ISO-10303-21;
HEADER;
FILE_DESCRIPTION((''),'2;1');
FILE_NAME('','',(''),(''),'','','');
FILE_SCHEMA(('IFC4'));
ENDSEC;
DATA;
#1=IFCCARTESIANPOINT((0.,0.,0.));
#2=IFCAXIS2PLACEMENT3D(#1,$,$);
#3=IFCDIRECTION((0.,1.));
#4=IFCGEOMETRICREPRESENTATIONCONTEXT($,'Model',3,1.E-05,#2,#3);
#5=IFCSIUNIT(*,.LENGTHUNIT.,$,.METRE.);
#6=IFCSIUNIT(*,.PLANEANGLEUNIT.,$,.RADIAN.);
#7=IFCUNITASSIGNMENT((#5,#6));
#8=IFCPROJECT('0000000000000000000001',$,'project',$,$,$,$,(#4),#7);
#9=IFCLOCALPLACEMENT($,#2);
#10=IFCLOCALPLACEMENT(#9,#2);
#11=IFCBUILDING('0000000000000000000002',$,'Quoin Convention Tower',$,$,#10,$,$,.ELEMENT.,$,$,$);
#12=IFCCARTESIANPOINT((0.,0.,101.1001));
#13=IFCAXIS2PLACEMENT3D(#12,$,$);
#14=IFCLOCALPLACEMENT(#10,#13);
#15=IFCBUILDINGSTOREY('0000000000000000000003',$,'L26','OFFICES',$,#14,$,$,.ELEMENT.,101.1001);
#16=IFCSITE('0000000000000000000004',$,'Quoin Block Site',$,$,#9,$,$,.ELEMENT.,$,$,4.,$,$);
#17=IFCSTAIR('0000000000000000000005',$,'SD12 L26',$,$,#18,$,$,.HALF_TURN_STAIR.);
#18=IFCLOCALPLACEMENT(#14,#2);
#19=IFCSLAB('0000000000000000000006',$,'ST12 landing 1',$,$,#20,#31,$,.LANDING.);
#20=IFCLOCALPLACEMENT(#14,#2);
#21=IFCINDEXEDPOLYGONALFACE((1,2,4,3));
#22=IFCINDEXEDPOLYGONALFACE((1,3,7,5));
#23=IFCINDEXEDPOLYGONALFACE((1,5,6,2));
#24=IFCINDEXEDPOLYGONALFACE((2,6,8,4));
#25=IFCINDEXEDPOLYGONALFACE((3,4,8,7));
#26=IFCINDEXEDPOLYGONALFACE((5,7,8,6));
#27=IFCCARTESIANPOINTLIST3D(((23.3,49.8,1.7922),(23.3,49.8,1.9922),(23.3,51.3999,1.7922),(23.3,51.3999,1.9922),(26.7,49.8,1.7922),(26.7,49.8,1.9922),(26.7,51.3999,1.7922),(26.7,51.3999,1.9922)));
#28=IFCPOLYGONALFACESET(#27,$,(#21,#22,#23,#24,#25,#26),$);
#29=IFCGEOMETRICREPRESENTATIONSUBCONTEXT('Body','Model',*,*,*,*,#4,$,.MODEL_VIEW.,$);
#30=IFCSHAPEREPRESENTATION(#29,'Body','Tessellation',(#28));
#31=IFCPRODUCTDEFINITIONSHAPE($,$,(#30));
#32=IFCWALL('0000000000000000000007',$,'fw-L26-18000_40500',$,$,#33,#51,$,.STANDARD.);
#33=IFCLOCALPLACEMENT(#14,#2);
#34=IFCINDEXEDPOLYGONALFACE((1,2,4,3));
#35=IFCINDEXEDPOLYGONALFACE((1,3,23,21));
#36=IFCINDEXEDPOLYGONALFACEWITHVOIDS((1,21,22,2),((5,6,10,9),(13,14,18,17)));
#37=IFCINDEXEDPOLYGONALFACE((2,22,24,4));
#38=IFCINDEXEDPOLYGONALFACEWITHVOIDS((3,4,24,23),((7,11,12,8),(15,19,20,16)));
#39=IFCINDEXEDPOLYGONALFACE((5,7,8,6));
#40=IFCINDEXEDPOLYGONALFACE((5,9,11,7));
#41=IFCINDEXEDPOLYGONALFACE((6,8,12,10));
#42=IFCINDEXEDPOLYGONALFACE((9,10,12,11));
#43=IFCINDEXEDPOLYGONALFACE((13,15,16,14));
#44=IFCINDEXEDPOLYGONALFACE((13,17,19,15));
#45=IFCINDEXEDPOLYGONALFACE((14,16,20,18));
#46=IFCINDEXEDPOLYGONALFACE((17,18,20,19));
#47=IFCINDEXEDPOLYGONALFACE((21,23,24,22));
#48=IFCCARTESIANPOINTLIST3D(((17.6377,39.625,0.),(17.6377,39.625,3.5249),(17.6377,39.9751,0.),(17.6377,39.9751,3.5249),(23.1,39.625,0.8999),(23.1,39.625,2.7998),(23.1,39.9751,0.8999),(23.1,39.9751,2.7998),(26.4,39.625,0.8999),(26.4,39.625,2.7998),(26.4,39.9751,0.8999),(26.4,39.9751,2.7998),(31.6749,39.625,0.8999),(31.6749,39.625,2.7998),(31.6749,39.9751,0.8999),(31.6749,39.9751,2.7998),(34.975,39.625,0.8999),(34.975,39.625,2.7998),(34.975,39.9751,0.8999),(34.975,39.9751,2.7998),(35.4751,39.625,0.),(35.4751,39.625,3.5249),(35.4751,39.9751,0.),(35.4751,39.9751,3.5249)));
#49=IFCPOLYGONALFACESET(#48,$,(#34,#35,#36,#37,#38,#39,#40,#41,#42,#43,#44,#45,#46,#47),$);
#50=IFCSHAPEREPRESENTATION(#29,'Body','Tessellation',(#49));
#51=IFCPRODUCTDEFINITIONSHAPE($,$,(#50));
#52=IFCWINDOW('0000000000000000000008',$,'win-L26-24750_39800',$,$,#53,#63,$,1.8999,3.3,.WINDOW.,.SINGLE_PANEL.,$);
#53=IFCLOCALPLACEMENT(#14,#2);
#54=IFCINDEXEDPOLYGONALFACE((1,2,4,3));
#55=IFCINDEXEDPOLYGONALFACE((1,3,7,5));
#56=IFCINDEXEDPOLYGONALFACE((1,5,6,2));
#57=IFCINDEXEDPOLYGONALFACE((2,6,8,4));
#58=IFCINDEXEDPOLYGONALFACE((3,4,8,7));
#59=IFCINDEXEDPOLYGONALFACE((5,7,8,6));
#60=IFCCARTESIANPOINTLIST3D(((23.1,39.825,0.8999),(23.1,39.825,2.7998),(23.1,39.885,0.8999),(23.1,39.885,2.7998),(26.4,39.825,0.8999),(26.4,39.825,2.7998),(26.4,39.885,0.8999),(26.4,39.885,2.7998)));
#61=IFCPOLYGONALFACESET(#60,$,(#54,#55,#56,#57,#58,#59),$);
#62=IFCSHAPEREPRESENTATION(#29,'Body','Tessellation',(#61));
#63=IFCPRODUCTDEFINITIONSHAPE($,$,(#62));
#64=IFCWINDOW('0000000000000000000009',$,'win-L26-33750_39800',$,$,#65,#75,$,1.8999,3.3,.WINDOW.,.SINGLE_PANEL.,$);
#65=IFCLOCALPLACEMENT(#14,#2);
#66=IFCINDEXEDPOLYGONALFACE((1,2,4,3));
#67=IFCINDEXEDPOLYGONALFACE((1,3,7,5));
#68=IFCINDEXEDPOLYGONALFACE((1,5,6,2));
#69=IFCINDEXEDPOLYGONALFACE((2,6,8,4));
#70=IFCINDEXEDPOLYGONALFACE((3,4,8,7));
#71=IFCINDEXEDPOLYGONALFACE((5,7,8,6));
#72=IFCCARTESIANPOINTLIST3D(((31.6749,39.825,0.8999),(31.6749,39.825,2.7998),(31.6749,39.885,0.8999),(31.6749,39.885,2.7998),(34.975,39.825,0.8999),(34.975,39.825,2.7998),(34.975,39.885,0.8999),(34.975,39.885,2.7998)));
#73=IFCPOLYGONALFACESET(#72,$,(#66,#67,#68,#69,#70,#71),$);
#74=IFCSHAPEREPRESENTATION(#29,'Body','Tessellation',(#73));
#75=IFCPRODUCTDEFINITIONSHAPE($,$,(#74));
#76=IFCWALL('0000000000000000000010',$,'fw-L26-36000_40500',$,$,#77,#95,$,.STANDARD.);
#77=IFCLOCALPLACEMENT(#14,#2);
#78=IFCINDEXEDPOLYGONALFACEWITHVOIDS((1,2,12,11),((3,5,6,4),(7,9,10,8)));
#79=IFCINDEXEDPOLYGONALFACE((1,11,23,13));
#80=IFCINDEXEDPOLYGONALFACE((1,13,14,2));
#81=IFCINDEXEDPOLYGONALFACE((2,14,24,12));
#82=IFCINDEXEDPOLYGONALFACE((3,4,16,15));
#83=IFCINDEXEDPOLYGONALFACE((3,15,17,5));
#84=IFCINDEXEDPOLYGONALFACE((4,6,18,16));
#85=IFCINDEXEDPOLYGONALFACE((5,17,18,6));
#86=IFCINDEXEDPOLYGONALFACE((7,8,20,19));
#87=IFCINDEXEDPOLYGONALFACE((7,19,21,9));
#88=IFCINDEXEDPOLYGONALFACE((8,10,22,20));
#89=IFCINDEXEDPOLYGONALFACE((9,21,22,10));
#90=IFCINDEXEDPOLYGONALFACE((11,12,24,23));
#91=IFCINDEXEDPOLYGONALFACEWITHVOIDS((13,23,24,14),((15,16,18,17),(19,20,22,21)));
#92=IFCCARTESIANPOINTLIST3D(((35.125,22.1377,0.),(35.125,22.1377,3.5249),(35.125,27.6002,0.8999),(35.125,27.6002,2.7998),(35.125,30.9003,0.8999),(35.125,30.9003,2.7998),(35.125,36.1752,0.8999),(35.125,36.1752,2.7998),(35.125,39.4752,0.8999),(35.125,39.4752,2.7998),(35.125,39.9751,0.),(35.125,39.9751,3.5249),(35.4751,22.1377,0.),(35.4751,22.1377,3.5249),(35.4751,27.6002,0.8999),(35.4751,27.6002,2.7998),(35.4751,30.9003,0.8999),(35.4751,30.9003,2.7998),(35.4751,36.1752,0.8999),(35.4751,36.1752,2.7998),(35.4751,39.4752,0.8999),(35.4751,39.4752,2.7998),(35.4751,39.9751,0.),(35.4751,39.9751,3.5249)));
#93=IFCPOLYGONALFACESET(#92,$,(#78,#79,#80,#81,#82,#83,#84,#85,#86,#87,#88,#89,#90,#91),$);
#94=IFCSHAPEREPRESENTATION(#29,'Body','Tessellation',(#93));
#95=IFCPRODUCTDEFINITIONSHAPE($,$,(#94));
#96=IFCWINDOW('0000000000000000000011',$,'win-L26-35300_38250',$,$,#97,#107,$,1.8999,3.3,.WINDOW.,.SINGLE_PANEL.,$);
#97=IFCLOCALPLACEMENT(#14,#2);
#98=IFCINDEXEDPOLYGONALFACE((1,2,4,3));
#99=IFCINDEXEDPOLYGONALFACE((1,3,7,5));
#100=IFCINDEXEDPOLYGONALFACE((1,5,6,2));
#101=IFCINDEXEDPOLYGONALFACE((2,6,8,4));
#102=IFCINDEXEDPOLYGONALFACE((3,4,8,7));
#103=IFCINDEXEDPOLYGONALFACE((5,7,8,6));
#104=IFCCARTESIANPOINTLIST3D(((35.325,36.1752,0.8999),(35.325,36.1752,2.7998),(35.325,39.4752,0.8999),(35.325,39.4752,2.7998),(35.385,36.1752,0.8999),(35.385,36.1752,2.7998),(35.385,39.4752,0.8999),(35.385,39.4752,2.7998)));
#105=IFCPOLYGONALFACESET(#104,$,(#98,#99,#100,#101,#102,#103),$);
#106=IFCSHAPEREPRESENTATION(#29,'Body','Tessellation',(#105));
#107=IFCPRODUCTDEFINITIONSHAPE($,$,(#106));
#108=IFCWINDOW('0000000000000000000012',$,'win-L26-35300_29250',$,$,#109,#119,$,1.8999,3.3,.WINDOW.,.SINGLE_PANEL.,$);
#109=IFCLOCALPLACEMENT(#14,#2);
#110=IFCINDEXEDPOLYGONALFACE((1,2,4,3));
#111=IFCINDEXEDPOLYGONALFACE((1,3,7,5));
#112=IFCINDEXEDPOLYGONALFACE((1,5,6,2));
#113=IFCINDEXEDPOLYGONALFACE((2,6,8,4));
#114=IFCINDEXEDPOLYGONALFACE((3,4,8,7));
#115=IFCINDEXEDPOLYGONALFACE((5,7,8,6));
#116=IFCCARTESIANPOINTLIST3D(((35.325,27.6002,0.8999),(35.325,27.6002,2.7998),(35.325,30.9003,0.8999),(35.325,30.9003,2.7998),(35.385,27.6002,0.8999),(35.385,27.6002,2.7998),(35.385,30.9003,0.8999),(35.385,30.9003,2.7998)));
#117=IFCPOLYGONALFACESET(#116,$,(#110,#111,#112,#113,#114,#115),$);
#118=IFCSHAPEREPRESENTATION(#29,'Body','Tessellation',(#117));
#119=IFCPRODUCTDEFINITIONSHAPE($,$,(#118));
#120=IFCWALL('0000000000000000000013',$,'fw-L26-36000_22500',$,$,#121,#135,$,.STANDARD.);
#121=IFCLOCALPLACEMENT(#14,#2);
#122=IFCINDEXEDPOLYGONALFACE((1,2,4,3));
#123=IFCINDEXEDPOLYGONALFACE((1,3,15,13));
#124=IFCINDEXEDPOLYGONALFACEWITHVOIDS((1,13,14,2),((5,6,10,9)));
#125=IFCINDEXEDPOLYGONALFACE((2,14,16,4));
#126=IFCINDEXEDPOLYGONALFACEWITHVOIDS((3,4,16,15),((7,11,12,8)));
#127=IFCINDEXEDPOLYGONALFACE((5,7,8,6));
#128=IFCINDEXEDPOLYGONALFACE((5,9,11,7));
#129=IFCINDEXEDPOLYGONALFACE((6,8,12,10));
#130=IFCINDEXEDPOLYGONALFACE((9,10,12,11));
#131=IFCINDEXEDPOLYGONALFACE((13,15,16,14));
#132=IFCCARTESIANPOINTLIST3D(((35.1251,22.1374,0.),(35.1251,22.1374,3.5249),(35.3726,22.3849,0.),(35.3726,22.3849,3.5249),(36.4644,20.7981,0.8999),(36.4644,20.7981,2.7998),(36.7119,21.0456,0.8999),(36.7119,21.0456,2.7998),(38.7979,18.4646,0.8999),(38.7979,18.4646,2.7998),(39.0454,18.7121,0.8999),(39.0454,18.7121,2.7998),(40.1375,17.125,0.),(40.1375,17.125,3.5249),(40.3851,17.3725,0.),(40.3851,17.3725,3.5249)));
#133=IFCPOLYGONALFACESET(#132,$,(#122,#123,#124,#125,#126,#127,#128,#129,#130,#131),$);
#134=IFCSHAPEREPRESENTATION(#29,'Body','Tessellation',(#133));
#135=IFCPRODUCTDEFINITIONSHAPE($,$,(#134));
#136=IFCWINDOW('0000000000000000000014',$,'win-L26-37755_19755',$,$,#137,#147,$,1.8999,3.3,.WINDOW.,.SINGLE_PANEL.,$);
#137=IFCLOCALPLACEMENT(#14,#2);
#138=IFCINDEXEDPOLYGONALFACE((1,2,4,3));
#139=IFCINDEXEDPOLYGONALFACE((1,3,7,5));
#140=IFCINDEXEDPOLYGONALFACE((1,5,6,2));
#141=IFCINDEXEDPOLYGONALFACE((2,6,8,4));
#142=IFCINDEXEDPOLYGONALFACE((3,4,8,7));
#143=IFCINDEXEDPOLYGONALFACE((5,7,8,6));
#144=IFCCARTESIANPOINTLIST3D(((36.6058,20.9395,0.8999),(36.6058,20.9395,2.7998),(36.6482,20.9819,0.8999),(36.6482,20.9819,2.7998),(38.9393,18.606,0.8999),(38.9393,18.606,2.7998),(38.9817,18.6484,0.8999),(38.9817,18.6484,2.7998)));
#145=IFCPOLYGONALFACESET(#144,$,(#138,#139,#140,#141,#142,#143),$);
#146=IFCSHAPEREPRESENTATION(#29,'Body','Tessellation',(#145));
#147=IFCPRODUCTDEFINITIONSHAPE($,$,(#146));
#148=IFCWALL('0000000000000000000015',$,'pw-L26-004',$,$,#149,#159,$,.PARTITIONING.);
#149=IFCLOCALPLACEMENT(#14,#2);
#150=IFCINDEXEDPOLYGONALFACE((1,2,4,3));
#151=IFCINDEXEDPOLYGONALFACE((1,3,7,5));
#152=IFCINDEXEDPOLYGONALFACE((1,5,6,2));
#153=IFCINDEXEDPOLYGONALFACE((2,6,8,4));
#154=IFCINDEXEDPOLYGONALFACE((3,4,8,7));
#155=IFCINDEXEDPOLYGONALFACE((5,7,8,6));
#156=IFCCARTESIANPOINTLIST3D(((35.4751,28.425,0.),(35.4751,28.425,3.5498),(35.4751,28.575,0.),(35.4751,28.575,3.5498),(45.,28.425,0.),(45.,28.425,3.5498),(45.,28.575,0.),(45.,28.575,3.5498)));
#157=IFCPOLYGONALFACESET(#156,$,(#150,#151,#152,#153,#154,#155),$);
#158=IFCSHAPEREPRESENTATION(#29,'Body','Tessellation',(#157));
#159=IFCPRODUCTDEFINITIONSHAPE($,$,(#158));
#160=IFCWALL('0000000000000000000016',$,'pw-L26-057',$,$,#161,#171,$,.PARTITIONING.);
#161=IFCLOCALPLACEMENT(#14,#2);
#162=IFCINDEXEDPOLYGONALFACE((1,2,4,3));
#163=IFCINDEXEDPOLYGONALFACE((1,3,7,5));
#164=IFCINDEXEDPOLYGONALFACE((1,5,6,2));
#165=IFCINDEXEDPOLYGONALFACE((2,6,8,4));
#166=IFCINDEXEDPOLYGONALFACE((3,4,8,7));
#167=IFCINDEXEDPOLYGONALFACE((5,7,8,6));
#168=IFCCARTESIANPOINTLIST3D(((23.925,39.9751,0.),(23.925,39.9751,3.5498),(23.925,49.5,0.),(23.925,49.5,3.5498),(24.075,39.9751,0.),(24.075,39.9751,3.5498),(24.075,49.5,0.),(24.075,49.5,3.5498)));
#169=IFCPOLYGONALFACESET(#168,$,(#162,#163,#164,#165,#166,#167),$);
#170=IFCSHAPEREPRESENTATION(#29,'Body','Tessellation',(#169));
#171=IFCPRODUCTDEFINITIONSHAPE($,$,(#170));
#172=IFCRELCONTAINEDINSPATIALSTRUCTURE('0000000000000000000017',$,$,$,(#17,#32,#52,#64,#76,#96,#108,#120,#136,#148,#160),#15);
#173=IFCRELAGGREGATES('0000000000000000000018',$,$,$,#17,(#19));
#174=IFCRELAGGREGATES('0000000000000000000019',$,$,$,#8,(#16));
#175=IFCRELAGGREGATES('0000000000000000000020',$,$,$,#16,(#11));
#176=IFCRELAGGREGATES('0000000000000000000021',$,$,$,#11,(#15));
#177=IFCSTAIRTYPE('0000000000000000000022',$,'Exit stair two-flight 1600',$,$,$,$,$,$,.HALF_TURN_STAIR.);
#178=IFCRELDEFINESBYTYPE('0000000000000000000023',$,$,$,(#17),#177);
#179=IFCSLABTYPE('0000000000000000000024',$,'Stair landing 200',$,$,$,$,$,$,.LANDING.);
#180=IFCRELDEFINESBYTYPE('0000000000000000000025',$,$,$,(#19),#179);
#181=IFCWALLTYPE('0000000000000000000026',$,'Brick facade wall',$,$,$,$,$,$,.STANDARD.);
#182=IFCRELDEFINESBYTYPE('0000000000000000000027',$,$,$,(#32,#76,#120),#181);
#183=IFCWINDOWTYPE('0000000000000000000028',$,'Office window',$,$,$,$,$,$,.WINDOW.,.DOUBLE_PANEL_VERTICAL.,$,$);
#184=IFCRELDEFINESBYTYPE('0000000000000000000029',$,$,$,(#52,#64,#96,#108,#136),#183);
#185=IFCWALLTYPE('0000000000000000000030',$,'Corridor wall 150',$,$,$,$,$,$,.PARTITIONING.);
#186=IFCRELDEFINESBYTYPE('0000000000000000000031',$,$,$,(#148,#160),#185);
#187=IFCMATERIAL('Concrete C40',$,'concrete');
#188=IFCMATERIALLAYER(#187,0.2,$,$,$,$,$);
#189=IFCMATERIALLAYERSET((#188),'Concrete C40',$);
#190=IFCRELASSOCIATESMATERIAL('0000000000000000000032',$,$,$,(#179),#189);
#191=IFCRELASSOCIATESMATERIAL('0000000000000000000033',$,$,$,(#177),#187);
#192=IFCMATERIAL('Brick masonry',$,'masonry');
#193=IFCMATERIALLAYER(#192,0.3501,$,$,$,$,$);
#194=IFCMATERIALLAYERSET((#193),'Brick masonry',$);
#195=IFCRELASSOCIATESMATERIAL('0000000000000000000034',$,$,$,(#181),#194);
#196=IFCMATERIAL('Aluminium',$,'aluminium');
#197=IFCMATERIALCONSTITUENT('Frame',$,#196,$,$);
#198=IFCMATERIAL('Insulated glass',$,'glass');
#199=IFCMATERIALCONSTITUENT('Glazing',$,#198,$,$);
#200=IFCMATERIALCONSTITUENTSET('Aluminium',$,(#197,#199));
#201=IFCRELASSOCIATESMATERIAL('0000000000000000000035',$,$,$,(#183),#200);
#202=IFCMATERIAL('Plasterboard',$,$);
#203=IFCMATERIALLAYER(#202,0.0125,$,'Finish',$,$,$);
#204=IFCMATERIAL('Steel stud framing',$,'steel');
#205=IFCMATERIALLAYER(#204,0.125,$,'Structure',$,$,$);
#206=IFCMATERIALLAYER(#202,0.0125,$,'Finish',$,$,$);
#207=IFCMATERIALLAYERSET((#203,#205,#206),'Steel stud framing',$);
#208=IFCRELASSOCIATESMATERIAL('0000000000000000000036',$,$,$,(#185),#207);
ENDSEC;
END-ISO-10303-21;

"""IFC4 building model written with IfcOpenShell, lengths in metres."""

from ifc_helpers import new_model, si_unit, direction, frame, frame_2d, origin, place, context, subcontext, project, spatial, polyline, rectangle, outline, extrude, material, layer, layer_set, constituent, constituent_set, type_object, element, fill, aggregate, save


model = new_model("IFC4")

# Units and contexts
model_context = context("Model", 3, precision=1e-05, world=origin(), true_north=direction((0.0, 1.0)))
body_context = subcontext(model_context, "Body", "Model", "MODEL_VIEW")
ifc_project = project(units=[si_unit("LENGTHUNIT", "METRE"), si_unit("PLANEANGLEUNIT", "RADIAN")], contexts=[model_context])

# Site, building, storey
site_placement = place(None, origin())
site = spatial("IfcSite", under=ifc_project, at=site_placement, Name="Quoin Block Site", CompositionType="ELEMENT", RefElevation=4.0)
building_placement = place(site_placement, origin())
building = spatial("IfcBuilding", under=site, at=building_placement, Name="Quoin Convention Tower", CompositionType="ELEMENT")
storey_placement = place(building_placement, frame((0.0, 0.0, 101.1001)))
storey = spatial("IfcBuildingStorey", under=building, at=storey_placement, Name="L26", Description="OFFICES", CompositionType="ELEMENT", Elevation=101.1001)

# Shared definitions
ifc_material_1 = material(Name="Concrete C40", Category="concrete")

# Stair, slab
ifc_layer_1 = layer(ifc_material_1, 0.2)
ifc_layer_set_1 = layer_set([ifc_layer_1], Name="Concrete C40")
slab_type_1 = type_object("IfcSlabType", Name="Stair landing 200", PredefinedType="LANDING", material=ifc_layer_set_1)
stair_type_1 = type_object("IfcStairType", Name="Exit stair two-flight 1600", PredefinedType="HALF_TURN_STAIR", material=ifc_material_1)
stair_1_placement = place(storey_placement, origin())
stair_1 = element("IfcStair", 1, at=stair_1_placement, inside=storey, type_object=stair_type_1, Name="SD12 L26", PredefinedType="HALF_TURN_STAIR")
slab_1_placement = place(storey_placement, frame((0.0, 0.0, 1.7922)))
slab_1 = element("IfcSlab", 2, at=slab_1_placement, type_object=slab_type_1, Name="ST12 landing 1", PredefinedType="LANDING", context=body_context, shape_type="SweptSolid", body=[
    extrude(outline(polyline([(26.7, 51.3999), (23.3, 51.3999), (23.3, 49.8), (26.7, 49.8), (26.7, 51.3999)])), origin(), (0.0, 0.0, 1.0), 0.2),
])
aggregate(stair_1, [slab_1])

# Walls, openings, windows
ifc_material_2 = material(Name="Brick masonry", Category="masonry")
ifc_layer_2 = layer(ifc_material_2, 0.3501)
ifc_layer_set_2 = layer_set([ifc_layer_2], Name="Brick masonry")
wall_type_1 = type_object("IfcWallType", Name="Brick facade wall", PredefinedType="STANDARD", material=ifc_layer_set_2)
wall_1_placement = place(storey_placement, frame((17.6377, 39.8, 0.0), z_axis=(0.0, 0.0, 1.0), x_axis=(1.0, 0.0, 0.0)))
wall_1 = element("IfcWall", 3, at=wall_1_placement, inside=storey, type_object=wall_type_1, Name="fw-L26-18000_40500", PredefinedType="STANDARD", context=body_context, shape_type="SweptSolid", body=[
    extrude(rectangle(XDim=17.8374, YDim=0.3501, at=frame_2d((8.9187, 0.0))), origin(), (0.0, 0.0, 1.0), 3.5249),
])
opening_1_placement = place(wall_1_placement, frame((5.4624, 0.0, 0.8999)))
opening_1 = element("IfcOpeningElement", 4, at=opening_1_placement, cuts=wall_1, PredefinedType="OPENING", context=body_context, shape_type="SweptSolid", body=[
    extrude(rectangle(XDim=3.3, YDim=1.8999, at=frame_2d((1.6499, 0.95))), frame((0.0, 0.1851, 0.0), z_axis=(0.0, -1.0, 0.0), x_axis=(1.0, 0.0, 0.0)), (0.0, 0.0, 1.0), 0.3701),
])
opening_2_placement = place(wall_1_placement, frame((14.0374, 0.0, 0.8999)))
opening_2 = element("IfcOpeningElement", 5, at=opening_2_placement, cuts=wall_1, PredefinedType="OPENING", context=body_context, shape_type="SweptSolid", body=[
    extrude(rectangle(XDim=3.3, YDim=1.8999, at=frame_2d((1.6499, 0.95))), frame((0.0, 0.1851, 0.0), z_axis=(0.0, -1.0, 0.0), x_axis=(1.0, 0.0, 0.0)), (0.0, 0.0, 1.0), 0.3701),
])
ifc_material_3 = material(Name="Aluminium", Category="aluminium")
ifc_constituent_1 = constituent(ifc_material_3, Name="Frame")
ifc_material_4 = material(Name="Insulated glass", Category="glass")
ifc_constituent_2 = constituent(ifc_material_4, Name="Glazing")
ifc_constituent_set = constituent_set(constituents=[ifc_constituent_1, ifc_constituent_2], Name="Aluminium")
window_type = type_object("IfcWindowType", Name="Office window", PartitioningType="DOUBLE_PANEL_VERTICAL", PredefinedType="WINDOW", material=ifc_constituent_set)
window_1_placement = place(opening_1_placement, origin())
window_1 = element("IfcWindow", 6, at=window_1_placement, inside=storey, type_object=window_type, Name="win-L26-24750_39800", OverallHeight=1.8999, OverallWidth=3.3, PartitioningType="SINGLE_PANEL", PredefinedType="WINDOW", context=body_context, shape_type="SweptSolid", body=[
    extrude(rectangle(XDim=3.3, YDim=1.8999, at=frame_2d((1.6499, 0.95))), frame((0.0, 0.085, 0.0), z_axis=(0.0, -1.0, 0.0), x_axis=(1.0, 0.0, 0.0)), (0.0, 0.0, 1.0), 0.0601),
])
fill(opening_1, window_1)
window_2_placement = place(opening_2_placement, origin())
window_2 = element("IfcWindow", 7, at=window_2_placement, inside=storey, type_object=window_type, Name="win-L26-33750_39800", OverallHeight=1.8999, OverallWidth=3.3, PartitioningType="SINGLE_PANEL", PredefinedType="WINDOW", context=body_context, shape_type="SweptSolid", body=[
    extrude(rectangle(XDim=3.3, YDim=1.8999, at=frame_2d((1.6499, 0.95))), frame((0.0, 0.085, 0.0), z_axis=(0.0, -1.0, 0.0), x_axis=(1.0, 0.0, 0.0)), (0.0, 0.0, 1.0), 0.0601),
])
fill(opening_2, window_2)
wall_2_placement = place(storey_placement, frame((35.3, 39.9751, 0.0), z_axis=(0.0, 0.0, 1.0), x_axis=(0.0, -1.0, 0.0)))
wall_2 = element("IfcWall", 8, at=wall_2_placement, inside=storey, type_object=wall_type_1, Name="fw-L26-36000_40500", PredefinedType="STANDARD", context=body_context, shape_type="SweptSolid", body=[
    extrude(rectangle(XDim=17.8374, YDim=0.3501, at=frame_2d((8.9187, 0.0))), origin(), (0.0, 0.0, 1.0), 3.5249),
])
opening_3_placement = place(wall_2_placement, frame((0.5, 0.0, 0.8999)))
opening_3 = element("IfcOpeningElement", 9, at=opening_3_placement, cuts=wall_2, PredefinedType="OPENING", context=body_context, shape_type="SweptSolid", body=[
    extrude(rectangle(XDim=3.3, YDim=1.8999, at=frame_2d((1.6499, 0.95))), frame((0.0, 0.1851, 0.0), z_axis=(0.0, -1.0, 0.0), x_axis=(1.0, 0.0, 0.0)), (0.0, 0.0, 1.0), 0.3701),
])
opening_4_placement = place(wall_2_placement, frame((9.075, 0.0, 0.8999)))
opening_4 = element("IfcOpeningElement", 10, at=opening_4_placement, cuts=wall_2, PredefinedType="OPENING", context=body_context, shape_type="SweptSolid", body=[
    extrude(rectangle(XDim=3.3, YDim=1.8999, at=frame_2d((1.6499, 0.95))), frame((0.0, 0.1851, 0.0), z_axis=(0.0, -1.0, 0.0), x_axis=(1.0, 0.0, 0.0)), (0.0, 0.0, 1.0), 0.3701),
])
window_3_placement = place(opening_3_placement, origin())
window_3 = element("IfcWindow", 11, at=window_3_placement, inside=storey, type_object=window_type, Name="win-L26-35300_38250", OverallHeight=1.8999, OverallWidth=3.3, PartitioningType="SINGLE_PANEL", PredefinedType="WINDOW", context=body_context, shape_type="SweptSolid", body=[
    extrude(rectangle(XDim=3.3, YDim=1.8999, at=frame_2d((1.6499, 0.95))), frame((0.0, 0.085, 0.0), z_axis=(0.0, -1.0, 0.0), x_axis=(1.0, 0.0, 0.0)), (0.0, 0.0, 1.0), 0.0601),
])
fill(opening_3, window_3)
window_4_placement = place(opening_4_placement, origin())
window_4 = element("IfcWindow", 12, at=window_4_placement, inside=storey, type_object=window_type, Name="win-L26-35300_29250", OverallHeight=1.8999, OverallWidth=3.3, PartitioningType="SINGLE_PANEL", PredefinedType="WINDOW", context=body_context, shape_type="SweptSolid", body=[
    extrude(rectangle(XDim=3.3, YDim=1.8999, at=frame_2d((1.6499, 0.95))), frame((0.0, 0.085, 0.0), z_axis=(0.0, -1.0, 0.0), x_axis=(1.0, 0.0, 0.0)), (0.0, 0.0, 1.0), 0.0601),
])
fill(opening_4, window_4)

# Wall, opening, window
wall_3_placement = place(storey_placement, frame((35.2488, 22.2612, 0.0), z_axis=(0.0, 0.0, 1.0), x_axis=(0.707107, -0.707107, 0.0)))
wall_3 = element("IfcWall", 13, at=wall_3_placement, inside=storey, type_object=wall_type_1, Name="fw-L26-36000_22500", PredefinedType="STANDARD", context=body_context, shape_type="SweptSolid", body=[
    extrude(rectangle(XDim=7.0886, YDim=0.3501, at=frame_2d((3.5444, 0.0))), origin(), (0.0, 0.0, 1.0), 3.5249),
])
opening_5_placement = place(wall_3_placement, frame((1.8943, 0.0, 0.8999)))
opening_5 = element("IfcOpeningElement", 14, at=opening_5_placement, cuts=wall_3, PredefinedType="OPENING", context=body_context, shape_type="SweptSolid", body=[
    extrude(rectangle(XDim=3.3, YDim=1.8999, at=frame_2d((1.6499, 0.95))), frame((0.0, 0.1851, 0.0), z_axis=(0.0, -1.0, 0.0), x_axis=(1.0, 0.0, 0.0)), (0.0, 0.0, 1.0), 0.3701),
])
window_5_placement = place(opening_5_placement, origin())
window_5 = element("IfcWindow", 15, at=window_5_placement, inside=storey, type_object=window_type, Name="win-L26-37755_19755", OverallHeight=1.8999, OverallWidth=3.3, PartitioningType="SINGLE_PANEL", PredefinedType="WINDOW", context=body_context, shape_type="SweptSolid", body=[
    extrude(rectangle(XDim=3.3, YDim=1.8999, at=frame_2d((1.6499, 0.95))), frame((0.0, 0.085, 0.0), z_axis=(0.0, -1.0, 0.0), x_axis=(1.0, 0.0, 0.0)), (0.0, 0.0, 1.0), 0.0601),
])
fill(opening_5, window_5)

# Walls
ifc_material_5 = material(Name="Plasterboard")
ifc_layer_3 = layer(ifc_material_5, 0.0125, Name="Finish")
ifc_material_6 = material(Name="Steel stud framing", Category="steel")
ifc_layer_4 = layer(ifc_material_6, 0.125, Name="Structure")
ifc_layer_5 = layer(ifc_material_5, 0.0125, Name="Finish")
ifc_layer_set_3 = layer_set([ifc_layer_3, ifc_layer_4, ifc_layer_5], Name="Steel stud framing")
wall_type_2 = type_object("IfcWallType", Name="Corridor wall 150", PredefinedType="PARTITIONING", material=ifc_layer_set_3)
for number, where, z_axis, x_axis, name in (
    (16, (35.4751, 28.5, 0.0), (0.0, 0.0, 1.0), (1.0, 0.0, 0.0), "pw-L26-004"),
    (17, (24.0, 39.9751, 0.0), (0.0, 0.0, 1.0), (0.0, 1.0, 0.0), "pw-L26-057"),
):
    element("IfcWall", number, at=place(storey_placement, frame(where, z_axis=z_axis, x_axis=x_axis)), inside=storey, type_object=wall_type_2, Name=name, PredefinedType="PARTITIONING", context=body_context, shape_type="SweptSolid", body=[
        extrude(rectangle(XDim=9.5249, YDim=0.1499, at=frame_2d((4.7625, 0.0))), origin(), (0.0, 0.0, 1.0), 3.5498),
    ])

save(model, "model.ifc")
